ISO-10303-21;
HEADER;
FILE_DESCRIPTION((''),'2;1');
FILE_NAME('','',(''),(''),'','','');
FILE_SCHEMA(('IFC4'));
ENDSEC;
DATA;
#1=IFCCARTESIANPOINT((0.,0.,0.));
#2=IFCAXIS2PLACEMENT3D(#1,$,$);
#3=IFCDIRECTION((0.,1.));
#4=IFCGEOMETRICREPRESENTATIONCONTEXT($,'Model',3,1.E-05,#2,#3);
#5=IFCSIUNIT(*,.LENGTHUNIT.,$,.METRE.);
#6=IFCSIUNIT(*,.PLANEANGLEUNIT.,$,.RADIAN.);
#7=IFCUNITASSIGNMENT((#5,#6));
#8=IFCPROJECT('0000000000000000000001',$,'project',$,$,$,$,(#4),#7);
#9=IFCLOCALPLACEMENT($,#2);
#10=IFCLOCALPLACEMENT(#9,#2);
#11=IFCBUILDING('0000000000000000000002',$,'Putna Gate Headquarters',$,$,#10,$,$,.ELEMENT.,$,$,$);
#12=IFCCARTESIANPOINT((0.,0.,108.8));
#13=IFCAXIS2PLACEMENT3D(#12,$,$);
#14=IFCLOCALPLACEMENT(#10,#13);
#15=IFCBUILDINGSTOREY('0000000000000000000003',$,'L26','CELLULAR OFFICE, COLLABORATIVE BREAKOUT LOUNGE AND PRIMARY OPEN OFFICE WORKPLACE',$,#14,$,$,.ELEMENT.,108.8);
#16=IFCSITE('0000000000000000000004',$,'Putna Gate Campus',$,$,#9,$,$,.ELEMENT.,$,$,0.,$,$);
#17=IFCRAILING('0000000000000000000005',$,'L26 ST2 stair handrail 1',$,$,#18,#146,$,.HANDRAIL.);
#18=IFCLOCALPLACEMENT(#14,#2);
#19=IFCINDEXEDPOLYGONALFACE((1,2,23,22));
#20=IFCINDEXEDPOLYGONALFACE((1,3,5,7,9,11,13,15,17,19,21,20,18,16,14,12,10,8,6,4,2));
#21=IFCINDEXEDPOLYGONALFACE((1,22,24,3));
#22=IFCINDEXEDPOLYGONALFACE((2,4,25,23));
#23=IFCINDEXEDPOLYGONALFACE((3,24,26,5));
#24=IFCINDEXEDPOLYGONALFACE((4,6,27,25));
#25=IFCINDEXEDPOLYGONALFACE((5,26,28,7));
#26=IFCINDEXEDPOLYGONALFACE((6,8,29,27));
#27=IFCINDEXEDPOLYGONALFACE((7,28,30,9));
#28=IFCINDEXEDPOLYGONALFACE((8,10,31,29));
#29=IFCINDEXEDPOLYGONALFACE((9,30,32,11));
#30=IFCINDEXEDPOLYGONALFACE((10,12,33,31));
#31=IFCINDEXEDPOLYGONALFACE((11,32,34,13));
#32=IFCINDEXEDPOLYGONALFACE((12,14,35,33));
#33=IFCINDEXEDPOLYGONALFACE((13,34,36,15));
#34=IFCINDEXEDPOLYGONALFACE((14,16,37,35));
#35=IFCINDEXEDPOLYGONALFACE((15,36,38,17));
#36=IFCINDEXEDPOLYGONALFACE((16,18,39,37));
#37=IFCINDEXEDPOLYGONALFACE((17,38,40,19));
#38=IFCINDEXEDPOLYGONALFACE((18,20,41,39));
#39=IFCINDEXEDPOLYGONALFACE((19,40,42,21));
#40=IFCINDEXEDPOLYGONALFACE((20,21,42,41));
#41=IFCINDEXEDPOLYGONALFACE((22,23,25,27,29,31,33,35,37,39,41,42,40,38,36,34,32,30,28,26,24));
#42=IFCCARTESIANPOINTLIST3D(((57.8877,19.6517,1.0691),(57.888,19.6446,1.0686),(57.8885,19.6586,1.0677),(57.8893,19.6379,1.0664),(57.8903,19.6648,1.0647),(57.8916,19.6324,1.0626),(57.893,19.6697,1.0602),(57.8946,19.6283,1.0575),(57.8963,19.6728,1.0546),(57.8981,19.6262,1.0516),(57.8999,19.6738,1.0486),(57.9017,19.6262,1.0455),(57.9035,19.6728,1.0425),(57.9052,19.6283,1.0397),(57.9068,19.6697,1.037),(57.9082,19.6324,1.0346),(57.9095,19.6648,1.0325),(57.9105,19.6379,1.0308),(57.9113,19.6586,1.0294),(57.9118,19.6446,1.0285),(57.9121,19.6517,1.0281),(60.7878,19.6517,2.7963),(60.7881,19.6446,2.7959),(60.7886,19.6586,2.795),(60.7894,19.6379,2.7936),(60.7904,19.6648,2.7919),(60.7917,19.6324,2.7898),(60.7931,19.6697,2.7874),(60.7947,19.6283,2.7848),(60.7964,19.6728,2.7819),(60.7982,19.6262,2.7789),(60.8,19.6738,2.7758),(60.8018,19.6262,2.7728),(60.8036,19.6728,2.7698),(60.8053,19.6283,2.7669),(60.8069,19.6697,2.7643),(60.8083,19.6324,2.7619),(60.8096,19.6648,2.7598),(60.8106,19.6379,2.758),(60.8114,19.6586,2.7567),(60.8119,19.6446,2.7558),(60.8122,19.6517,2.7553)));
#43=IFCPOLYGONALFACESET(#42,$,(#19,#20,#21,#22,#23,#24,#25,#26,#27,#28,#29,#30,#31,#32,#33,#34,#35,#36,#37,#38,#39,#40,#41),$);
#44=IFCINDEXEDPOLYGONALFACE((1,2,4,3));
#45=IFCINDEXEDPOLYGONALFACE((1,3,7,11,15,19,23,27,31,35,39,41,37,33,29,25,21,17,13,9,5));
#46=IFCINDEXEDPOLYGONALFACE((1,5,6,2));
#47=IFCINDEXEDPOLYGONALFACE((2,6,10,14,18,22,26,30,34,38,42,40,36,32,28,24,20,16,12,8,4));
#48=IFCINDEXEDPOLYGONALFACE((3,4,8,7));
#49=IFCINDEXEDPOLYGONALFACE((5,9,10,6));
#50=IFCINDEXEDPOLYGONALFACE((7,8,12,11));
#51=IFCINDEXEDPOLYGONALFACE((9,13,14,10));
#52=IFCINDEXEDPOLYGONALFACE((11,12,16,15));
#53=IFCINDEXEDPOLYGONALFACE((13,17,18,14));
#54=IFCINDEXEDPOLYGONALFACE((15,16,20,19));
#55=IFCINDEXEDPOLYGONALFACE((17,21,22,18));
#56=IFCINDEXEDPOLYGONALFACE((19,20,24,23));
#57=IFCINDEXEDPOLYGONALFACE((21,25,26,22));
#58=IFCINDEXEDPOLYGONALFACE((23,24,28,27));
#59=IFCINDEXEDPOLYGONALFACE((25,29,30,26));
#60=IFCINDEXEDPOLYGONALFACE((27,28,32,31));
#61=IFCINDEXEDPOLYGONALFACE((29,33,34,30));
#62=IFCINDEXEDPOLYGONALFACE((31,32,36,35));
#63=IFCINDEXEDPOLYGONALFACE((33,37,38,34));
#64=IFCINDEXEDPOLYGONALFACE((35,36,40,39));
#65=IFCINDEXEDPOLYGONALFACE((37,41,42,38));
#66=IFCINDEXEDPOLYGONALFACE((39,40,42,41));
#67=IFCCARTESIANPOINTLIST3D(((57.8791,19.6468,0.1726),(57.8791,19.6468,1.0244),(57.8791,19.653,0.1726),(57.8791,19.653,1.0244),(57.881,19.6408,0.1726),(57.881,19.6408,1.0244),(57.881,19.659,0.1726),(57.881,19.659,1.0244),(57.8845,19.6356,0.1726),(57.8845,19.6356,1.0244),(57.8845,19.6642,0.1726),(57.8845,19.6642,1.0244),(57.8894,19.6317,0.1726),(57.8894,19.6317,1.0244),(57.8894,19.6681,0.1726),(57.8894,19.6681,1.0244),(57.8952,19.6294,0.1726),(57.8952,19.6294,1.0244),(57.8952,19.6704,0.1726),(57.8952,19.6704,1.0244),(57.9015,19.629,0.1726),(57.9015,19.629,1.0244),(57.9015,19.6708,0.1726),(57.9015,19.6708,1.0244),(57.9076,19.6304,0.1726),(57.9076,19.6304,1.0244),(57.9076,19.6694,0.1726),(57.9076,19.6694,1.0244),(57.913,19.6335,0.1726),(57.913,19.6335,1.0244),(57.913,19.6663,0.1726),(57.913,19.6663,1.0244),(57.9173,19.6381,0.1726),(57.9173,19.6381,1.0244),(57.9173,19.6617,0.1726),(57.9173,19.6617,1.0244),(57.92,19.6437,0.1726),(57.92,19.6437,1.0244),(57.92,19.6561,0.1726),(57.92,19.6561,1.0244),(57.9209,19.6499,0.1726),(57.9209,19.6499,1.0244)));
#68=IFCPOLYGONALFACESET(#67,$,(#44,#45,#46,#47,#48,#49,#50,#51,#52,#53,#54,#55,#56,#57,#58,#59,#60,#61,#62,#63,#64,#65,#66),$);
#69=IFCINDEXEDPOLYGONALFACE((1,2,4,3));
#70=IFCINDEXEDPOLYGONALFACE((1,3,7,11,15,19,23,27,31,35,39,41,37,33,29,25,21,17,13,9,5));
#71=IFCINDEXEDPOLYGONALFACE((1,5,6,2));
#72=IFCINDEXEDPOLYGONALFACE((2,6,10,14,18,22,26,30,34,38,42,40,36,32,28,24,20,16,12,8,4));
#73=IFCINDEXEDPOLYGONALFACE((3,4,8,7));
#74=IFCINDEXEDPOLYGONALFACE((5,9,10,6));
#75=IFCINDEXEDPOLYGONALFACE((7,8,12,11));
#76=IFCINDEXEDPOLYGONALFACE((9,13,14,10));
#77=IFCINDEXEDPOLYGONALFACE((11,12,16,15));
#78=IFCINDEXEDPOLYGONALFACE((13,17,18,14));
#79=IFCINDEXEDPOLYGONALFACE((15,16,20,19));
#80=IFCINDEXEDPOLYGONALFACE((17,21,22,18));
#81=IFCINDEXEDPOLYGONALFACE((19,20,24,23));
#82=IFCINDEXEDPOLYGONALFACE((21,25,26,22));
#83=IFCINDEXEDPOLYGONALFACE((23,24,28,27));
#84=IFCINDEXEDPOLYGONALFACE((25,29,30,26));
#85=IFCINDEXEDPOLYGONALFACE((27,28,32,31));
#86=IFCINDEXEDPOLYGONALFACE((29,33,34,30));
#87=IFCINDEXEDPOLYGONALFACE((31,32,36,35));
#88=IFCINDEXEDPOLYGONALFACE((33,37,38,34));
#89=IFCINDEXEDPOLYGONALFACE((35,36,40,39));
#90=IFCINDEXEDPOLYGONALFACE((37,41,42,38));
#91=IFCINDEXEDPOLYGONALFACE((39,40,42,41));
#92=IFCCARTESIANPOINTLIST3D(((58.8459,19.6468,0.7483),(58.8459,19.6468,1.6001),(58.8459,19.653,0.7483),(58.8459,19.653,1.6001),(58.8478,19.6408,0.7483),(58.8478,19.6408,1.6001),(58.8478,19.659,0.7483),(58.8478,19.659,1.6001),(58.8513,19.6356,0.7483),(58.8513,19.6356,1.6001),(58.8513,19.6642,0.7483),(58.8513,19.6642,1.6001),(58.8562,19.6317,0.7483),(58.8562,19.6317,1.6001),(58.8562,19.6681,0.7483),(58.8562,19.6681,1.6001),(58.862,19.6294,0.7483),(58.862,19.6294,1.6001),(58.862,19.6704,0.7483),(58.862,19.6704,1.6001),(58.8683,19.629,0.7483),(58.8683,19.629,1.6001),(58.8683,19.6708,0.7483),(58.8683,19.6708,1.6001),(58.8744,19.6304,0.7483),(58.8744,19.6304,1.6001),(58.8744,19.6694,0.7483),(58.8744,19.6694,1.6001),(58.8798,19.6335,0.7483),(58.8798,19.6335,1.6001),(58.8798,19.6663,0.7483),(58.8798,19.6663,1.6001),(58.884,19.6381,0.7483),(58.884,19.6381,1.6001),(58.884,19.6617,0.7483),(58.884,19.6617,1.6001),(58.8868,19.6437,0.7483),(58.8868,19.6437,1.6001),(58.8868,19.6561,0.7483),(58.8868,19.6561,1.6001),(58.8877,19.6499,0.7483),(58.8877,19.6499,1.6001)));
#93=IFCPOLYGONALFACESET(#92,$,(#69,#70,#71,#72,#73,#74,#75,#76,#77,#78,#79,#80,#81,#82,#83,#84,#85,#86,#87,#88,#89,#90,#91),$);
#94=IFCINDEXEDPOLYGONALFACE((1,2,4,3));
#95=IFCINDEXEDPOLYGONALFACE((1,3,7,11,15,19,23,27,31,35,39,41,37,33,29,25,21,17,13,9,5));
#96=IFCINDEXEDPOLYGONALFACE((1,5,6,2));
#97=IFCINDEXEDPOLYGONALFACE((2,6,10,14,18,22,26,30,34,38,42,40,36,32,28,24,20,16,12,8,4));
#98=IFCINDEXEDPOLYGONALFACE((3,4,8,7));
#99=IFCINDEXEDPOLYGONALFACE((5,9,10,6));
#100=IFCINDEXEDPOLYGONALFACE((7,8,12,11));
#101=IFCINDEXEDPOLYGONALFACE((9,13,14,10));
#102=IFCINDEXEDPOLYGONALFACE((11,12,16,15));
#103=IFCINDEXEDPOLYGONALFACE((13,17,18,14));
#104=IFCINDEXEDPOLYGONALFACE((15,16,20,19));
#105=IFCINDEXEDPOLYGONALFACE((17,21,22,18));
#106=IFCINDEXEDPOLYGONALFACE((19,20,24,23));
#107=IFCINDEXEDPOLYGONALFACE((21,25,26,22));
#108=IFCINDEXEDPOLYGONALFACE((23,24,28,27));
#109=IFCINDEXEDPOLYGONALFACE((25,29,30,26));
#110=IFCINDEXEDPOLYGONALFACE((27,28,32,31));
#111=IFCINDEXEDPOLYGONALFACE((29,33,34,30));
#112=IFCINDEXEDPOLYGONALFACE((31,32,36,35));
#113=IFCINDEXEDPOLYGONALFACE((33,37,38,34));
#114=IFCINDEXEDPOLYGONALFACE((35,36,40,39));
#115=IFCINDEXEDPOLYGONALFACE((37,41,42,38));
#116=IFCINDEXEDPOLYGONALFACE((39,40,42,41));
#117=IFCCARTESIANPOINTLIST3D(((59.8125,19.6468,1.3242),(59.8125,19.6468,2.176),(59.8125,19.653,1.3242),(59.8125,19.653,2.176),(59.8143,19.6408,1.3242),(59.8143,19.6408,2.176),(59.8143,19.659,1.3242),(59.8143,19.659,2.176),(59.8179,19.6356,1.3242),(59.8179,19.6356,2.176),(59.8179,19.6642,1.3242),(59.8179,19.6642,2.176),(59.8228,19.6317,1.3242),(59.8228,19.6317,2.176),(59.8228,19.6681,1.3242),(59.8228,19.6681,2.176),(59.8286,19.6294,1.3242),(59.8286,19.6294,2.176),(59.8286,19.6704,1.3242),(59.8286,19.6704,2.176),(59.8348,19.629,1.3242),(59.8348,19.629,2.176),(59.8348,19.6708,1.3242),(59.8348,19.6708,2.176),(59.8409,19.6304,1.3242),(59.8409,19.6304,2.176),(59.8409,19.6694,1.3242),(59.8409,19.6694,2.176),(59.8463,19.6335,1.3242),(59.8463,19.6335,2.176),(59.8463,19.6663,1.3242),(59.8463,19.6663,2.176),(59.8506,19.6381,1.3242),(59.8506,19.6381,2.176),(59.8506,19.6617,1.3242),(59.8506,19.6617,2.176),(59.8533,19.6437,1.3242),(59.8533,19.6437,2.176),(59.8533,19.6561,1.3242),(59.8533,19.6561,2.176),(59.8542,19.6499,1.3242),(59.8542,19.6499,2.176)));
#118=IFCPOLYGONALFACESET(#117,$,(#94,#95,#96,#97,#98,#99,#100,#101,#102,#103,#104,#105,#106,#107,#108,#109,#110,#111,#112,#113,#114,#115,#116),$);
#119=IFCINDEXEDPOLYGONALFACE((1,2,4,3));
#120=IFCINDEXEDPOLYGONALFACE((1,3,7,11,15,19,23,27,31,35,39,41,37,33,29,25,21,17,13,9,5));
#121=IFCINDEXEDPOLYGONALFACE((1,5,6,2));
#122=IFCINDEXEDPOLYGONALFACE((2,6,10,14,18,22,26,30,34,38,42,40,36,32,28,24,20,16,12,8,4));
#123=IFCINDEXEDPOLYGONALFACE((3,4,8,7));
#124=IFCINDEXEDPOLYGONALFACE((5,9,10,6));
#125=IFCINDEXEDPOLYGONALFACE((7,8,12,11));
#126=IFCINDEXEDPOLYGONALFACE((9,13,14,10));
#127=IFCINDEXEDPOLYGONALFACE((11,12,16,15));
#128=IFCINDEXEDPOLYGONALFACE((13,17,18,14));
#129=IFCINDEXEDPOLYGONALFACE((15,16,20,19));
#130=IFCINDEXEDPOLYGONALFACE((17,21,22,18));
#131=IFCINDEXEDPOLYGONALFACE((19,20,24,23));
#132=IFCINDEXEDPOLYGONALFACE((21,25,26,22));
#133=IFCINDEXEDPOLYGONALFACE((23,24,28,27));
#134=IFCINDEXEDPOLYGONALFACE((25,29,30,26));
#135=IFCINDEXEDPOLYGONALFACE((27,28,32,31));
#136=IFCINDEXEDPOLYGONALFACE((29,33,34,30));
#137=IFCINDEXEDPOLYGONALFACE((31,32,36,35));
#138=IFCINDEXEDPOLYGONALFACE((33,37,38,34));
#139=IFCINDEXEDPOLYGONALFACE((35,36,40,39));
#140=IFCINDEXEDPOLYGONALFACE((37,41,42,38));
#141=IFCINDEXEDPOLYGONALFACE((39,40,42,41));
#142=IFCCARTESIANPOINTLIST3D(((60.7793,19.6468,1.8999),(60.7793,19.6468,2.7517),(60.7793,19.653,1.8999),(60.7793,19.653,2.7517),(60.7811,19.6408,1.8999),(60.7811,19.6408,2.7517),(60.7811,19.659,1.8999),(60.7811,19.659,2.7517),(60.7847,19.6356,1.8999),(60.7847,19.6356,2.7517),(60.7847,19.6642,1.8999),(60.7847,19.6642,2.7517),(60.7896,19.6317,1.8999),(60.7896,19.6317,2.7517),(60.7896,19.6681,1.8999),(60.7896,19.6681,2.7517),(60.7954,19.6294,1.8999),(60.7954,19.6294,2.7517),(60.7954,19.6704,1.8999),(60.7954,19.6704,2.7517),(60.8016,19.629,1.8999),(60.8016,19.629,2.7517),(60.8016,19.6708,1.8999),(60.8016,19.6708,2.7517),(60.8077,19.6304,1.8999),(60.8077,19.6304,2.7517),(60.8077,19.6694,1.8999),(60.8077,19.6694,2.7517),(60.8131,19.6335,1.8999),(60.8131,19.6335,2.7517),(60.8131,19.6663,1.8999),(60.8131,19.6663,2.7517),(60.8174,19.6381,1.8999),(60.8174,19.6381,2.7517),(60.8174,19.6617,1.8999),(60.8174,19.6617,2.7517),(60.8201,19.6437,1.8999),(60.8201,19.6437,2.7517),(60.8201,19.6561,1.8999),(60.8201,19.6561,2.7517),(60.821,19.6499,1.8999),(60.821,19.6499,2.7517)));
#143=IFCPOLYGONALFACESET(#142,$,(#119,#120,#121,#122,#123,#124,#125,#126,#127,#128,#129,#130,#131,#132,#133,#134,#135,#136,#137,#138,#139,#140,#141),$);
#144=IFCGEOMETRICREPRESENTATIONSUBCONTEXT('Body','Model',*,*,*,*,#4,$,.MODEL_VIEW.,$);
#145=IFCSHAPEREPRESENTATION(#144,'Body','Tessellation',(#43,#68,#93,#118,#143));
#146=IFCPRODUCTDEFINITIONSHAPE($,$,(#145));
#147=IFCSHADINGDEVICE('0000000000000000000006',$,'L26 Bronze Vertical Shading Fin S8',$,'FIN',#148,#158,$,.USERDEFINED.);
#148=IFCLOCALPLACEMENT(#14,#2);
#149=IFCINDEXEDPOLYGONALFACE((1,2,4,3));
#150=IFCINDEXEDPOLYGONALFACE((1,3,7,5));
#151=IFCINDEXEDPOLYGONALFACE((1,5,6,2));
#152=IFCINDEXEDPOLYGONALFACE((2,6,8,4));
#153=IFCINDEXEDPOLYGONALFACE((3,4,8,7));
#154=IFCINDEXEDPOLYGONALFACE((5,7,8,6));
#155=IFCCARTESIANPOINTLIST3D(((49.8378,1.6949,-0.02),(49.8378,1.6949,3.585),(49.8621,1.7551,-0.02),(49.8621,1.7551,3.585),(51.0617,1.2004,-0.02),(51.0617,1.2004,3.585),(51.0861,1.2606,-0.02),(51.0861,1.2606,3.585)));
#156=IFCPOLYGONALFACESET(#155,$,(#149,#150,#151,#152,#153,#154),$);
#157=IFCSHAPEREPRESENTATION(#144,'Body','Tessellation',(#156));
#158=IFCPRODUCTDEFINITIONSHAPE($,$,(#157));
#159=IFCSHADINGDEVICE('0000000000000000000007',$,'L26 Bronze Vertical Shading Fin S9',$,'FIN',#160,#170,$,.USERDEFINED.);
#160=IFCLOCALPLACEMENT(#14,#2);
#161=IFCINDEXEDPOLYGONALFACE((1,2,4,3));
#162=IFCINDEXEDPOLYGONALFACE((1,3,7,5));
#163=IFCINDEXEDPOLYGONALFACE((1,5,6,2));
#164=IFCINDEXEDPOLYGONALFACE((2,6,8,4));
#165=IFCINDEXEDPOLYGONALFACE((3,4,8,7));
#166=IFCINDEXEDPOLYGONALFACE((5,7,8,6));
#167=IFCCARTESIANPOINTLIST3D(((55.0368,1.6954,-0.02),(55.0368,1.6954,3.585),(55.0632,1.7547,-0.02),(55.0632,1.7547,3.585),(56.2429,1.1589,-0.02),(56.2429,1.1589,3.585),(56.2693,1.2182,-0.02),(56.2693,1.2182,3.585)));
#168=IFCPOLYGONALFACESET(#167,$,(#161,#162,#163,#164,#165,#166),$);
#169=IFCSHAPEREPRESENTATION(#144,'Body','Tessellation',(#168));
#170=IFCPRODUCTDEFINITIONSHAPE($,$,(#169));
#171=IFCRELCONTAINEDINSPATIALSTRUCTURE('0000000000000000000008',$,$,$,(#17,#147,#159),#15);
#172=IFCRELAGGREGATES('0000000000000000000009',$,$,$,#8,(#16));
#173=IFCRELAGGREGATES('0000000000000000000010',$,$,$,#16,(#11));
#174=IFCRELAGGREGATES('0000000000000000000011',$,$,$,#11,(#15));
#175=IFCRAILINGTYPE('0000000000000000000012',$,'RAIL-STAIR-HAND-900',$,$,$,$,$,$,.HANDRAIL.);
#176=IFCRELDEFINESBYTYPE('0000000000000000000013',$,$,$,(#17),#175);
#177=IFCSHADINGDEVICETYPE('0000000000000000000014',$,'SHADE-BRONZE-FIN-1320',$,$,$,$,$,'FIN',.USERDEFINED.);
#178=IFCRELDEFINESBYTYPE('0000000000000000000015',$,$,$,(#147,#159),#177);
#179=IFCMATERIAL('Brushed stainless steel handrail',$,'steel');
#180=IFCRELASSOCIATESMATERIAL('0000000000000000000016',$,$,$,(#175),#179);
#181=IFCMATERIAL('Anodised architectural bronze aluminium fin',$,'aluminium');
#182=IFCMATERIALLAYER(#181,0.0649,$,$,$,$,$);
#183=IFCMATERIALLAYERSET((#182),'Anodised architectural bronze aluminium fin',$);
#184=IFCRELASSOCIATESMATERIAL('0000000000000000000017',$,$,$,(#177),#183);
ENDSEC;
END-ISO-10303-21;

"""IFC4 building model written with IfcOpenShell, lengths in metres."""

from ifc_helpers import new_model, si_unit, direction, frame, origin, origin_2d, place, context, subcontext, project, spatial, rectangle, circle, extrude, material, layer, layer_set, type_object, element, save


model = new_model("IFC4")

# Units and contexts
model_context = context("Model", 3, precision=1e-05, world=origin(), true_north=direction((0.0, 1.0)))
body_context = subcontext(model_context, "Body", "Model", "MODEL_VIEW")
ifc_project = project(units=[si_unit("LENGTHUNIT", "METRE"), si_unit("PLANEANGLEUNIT", "RADIAN")], contexts=[model_context])

# Site, building, storey
site_placement = place(None, origin())
site = spatial("IfcSite", under=ifc_project, at=site_placement, Name="Putna Gate Campus", CompositionType="ELEMENT", RefElevation=0.0)
building_placement = place(site_placement, origin())
building = spatial("IfcBuilding", under=site, at=building_placement, Name="Putna Gate Headquarters", CompositionType="ELEMENT")
storey_placement = place(building_placement, frame((0.0, 0.0, 108.8)))
storey = spatial("IfcBuildingStorey", under=building, at=storey_placement, Name="L26", Description="CELLULAR OFFICE, COLLABORATIVE BREAKOUT LOUNGE AND PRIMARY OPEN OFFICE WORKPLACE", CompositionType="ELEMENT", Elevation=108.8)

# Railing
ifc_material_1 = material(Name="Brushed stainless steel handrail", Category="steel")
railing_type_1 = type_object("IfcRailingType", Name="RAIL-STAIR-HAND-900", PredefinedType="HANDRAIL", material=ifc_material_1)
railing_1_placement = place(storey_placement, frame((57.8999, 19.6499, 0.1726)))
element("IfcRailing", 1, at=railing_1_placement, inside=storey, type_object=railing_type_1, Name="L26 ST2 stair handrail 1", PredefinedType="HANDRAIL", context=body_context, shape_type="SweptSolid", body=[
    extrude(circle(Radius=0.0239, at=origin_2d()), frame((0.0, 0.0, 0.876), z_axis=(0.85916, 0.0, 0.511706), x_axis=(0.0, 1.0, 0.0)), (0.0, 0.0, 1.0), 3.3755),
    extrude(circle(Radius=0.021, at=origin_2d()), origin(), (0.0, 0.0, 1.0), 0.8518),
    extrude(circle(Radius=0.021, at=origin_2d()), frame((0.9668, 0.0, 0.5757)), (0.0, 0.0, 1.0), 0.8518),
    extrude(circle(Radius=0.021, at=origin_2d()), frame((1.9333, 0.0, 1.1516)), (0.0, 0.0, 1.0), 0.8518),
    extrude(circle(Radius=0.021, at=origin_2d()), frame((2.9001, 0.0, 1.7273)), (0.0, 0.0, 1.0), 0.8518),
])

# Shading devices
ifc_material_2 = material(Name="Anodised architectural bronze aluminium fin", Category="aluminium")
ifc_layer_1 = layer(ifc_material_2, 0.0649)
ifc_layer_set_1 = layer_set([ifc_layer_1], Name="Anodised architectural bronze aluminium fin")
shading_device_type = type_object("IfcShadingDeviceType", Name="SHADE-BRONZE-FIN-1320", ElementType="FIN", PredefinedType="USERDEFINED", material=ifc_layer_set_1)
for number, where, z_axis, x_axis, name in (
    (2, (50.4619, 1.4778, -0.02), (0.0, 0.0, 1.0), (0.927184, -0.374607, 0.0), "L26 Bronze Vertical Shading Fin S8"),
    (3, (55.6531, 1.4568, -0.02), (0.0, 0.0, 1.0), (0.913687, -0.406418, 0.0), "L26 Bronze Vertical Shading Fin S9"),
):
    element("IfcShadingDevice", number, at=place(storey_placement, frame(where, z_axis=z_axis, x_axis=x_axis)), inside=storey, type_object=shading_device_type, Name=name, ObjectType="FIN", PredefinedType="USERDEFINED", context=body_context, shape_type="SweptSolid", body=[
        extrude(rectangle(XDim=1.3201, YDim=0.0649, at=origin_2d()), origin(), (0.0, 0.0, 1.0), 3.605),
    ])

save(model, "model.ifc")
